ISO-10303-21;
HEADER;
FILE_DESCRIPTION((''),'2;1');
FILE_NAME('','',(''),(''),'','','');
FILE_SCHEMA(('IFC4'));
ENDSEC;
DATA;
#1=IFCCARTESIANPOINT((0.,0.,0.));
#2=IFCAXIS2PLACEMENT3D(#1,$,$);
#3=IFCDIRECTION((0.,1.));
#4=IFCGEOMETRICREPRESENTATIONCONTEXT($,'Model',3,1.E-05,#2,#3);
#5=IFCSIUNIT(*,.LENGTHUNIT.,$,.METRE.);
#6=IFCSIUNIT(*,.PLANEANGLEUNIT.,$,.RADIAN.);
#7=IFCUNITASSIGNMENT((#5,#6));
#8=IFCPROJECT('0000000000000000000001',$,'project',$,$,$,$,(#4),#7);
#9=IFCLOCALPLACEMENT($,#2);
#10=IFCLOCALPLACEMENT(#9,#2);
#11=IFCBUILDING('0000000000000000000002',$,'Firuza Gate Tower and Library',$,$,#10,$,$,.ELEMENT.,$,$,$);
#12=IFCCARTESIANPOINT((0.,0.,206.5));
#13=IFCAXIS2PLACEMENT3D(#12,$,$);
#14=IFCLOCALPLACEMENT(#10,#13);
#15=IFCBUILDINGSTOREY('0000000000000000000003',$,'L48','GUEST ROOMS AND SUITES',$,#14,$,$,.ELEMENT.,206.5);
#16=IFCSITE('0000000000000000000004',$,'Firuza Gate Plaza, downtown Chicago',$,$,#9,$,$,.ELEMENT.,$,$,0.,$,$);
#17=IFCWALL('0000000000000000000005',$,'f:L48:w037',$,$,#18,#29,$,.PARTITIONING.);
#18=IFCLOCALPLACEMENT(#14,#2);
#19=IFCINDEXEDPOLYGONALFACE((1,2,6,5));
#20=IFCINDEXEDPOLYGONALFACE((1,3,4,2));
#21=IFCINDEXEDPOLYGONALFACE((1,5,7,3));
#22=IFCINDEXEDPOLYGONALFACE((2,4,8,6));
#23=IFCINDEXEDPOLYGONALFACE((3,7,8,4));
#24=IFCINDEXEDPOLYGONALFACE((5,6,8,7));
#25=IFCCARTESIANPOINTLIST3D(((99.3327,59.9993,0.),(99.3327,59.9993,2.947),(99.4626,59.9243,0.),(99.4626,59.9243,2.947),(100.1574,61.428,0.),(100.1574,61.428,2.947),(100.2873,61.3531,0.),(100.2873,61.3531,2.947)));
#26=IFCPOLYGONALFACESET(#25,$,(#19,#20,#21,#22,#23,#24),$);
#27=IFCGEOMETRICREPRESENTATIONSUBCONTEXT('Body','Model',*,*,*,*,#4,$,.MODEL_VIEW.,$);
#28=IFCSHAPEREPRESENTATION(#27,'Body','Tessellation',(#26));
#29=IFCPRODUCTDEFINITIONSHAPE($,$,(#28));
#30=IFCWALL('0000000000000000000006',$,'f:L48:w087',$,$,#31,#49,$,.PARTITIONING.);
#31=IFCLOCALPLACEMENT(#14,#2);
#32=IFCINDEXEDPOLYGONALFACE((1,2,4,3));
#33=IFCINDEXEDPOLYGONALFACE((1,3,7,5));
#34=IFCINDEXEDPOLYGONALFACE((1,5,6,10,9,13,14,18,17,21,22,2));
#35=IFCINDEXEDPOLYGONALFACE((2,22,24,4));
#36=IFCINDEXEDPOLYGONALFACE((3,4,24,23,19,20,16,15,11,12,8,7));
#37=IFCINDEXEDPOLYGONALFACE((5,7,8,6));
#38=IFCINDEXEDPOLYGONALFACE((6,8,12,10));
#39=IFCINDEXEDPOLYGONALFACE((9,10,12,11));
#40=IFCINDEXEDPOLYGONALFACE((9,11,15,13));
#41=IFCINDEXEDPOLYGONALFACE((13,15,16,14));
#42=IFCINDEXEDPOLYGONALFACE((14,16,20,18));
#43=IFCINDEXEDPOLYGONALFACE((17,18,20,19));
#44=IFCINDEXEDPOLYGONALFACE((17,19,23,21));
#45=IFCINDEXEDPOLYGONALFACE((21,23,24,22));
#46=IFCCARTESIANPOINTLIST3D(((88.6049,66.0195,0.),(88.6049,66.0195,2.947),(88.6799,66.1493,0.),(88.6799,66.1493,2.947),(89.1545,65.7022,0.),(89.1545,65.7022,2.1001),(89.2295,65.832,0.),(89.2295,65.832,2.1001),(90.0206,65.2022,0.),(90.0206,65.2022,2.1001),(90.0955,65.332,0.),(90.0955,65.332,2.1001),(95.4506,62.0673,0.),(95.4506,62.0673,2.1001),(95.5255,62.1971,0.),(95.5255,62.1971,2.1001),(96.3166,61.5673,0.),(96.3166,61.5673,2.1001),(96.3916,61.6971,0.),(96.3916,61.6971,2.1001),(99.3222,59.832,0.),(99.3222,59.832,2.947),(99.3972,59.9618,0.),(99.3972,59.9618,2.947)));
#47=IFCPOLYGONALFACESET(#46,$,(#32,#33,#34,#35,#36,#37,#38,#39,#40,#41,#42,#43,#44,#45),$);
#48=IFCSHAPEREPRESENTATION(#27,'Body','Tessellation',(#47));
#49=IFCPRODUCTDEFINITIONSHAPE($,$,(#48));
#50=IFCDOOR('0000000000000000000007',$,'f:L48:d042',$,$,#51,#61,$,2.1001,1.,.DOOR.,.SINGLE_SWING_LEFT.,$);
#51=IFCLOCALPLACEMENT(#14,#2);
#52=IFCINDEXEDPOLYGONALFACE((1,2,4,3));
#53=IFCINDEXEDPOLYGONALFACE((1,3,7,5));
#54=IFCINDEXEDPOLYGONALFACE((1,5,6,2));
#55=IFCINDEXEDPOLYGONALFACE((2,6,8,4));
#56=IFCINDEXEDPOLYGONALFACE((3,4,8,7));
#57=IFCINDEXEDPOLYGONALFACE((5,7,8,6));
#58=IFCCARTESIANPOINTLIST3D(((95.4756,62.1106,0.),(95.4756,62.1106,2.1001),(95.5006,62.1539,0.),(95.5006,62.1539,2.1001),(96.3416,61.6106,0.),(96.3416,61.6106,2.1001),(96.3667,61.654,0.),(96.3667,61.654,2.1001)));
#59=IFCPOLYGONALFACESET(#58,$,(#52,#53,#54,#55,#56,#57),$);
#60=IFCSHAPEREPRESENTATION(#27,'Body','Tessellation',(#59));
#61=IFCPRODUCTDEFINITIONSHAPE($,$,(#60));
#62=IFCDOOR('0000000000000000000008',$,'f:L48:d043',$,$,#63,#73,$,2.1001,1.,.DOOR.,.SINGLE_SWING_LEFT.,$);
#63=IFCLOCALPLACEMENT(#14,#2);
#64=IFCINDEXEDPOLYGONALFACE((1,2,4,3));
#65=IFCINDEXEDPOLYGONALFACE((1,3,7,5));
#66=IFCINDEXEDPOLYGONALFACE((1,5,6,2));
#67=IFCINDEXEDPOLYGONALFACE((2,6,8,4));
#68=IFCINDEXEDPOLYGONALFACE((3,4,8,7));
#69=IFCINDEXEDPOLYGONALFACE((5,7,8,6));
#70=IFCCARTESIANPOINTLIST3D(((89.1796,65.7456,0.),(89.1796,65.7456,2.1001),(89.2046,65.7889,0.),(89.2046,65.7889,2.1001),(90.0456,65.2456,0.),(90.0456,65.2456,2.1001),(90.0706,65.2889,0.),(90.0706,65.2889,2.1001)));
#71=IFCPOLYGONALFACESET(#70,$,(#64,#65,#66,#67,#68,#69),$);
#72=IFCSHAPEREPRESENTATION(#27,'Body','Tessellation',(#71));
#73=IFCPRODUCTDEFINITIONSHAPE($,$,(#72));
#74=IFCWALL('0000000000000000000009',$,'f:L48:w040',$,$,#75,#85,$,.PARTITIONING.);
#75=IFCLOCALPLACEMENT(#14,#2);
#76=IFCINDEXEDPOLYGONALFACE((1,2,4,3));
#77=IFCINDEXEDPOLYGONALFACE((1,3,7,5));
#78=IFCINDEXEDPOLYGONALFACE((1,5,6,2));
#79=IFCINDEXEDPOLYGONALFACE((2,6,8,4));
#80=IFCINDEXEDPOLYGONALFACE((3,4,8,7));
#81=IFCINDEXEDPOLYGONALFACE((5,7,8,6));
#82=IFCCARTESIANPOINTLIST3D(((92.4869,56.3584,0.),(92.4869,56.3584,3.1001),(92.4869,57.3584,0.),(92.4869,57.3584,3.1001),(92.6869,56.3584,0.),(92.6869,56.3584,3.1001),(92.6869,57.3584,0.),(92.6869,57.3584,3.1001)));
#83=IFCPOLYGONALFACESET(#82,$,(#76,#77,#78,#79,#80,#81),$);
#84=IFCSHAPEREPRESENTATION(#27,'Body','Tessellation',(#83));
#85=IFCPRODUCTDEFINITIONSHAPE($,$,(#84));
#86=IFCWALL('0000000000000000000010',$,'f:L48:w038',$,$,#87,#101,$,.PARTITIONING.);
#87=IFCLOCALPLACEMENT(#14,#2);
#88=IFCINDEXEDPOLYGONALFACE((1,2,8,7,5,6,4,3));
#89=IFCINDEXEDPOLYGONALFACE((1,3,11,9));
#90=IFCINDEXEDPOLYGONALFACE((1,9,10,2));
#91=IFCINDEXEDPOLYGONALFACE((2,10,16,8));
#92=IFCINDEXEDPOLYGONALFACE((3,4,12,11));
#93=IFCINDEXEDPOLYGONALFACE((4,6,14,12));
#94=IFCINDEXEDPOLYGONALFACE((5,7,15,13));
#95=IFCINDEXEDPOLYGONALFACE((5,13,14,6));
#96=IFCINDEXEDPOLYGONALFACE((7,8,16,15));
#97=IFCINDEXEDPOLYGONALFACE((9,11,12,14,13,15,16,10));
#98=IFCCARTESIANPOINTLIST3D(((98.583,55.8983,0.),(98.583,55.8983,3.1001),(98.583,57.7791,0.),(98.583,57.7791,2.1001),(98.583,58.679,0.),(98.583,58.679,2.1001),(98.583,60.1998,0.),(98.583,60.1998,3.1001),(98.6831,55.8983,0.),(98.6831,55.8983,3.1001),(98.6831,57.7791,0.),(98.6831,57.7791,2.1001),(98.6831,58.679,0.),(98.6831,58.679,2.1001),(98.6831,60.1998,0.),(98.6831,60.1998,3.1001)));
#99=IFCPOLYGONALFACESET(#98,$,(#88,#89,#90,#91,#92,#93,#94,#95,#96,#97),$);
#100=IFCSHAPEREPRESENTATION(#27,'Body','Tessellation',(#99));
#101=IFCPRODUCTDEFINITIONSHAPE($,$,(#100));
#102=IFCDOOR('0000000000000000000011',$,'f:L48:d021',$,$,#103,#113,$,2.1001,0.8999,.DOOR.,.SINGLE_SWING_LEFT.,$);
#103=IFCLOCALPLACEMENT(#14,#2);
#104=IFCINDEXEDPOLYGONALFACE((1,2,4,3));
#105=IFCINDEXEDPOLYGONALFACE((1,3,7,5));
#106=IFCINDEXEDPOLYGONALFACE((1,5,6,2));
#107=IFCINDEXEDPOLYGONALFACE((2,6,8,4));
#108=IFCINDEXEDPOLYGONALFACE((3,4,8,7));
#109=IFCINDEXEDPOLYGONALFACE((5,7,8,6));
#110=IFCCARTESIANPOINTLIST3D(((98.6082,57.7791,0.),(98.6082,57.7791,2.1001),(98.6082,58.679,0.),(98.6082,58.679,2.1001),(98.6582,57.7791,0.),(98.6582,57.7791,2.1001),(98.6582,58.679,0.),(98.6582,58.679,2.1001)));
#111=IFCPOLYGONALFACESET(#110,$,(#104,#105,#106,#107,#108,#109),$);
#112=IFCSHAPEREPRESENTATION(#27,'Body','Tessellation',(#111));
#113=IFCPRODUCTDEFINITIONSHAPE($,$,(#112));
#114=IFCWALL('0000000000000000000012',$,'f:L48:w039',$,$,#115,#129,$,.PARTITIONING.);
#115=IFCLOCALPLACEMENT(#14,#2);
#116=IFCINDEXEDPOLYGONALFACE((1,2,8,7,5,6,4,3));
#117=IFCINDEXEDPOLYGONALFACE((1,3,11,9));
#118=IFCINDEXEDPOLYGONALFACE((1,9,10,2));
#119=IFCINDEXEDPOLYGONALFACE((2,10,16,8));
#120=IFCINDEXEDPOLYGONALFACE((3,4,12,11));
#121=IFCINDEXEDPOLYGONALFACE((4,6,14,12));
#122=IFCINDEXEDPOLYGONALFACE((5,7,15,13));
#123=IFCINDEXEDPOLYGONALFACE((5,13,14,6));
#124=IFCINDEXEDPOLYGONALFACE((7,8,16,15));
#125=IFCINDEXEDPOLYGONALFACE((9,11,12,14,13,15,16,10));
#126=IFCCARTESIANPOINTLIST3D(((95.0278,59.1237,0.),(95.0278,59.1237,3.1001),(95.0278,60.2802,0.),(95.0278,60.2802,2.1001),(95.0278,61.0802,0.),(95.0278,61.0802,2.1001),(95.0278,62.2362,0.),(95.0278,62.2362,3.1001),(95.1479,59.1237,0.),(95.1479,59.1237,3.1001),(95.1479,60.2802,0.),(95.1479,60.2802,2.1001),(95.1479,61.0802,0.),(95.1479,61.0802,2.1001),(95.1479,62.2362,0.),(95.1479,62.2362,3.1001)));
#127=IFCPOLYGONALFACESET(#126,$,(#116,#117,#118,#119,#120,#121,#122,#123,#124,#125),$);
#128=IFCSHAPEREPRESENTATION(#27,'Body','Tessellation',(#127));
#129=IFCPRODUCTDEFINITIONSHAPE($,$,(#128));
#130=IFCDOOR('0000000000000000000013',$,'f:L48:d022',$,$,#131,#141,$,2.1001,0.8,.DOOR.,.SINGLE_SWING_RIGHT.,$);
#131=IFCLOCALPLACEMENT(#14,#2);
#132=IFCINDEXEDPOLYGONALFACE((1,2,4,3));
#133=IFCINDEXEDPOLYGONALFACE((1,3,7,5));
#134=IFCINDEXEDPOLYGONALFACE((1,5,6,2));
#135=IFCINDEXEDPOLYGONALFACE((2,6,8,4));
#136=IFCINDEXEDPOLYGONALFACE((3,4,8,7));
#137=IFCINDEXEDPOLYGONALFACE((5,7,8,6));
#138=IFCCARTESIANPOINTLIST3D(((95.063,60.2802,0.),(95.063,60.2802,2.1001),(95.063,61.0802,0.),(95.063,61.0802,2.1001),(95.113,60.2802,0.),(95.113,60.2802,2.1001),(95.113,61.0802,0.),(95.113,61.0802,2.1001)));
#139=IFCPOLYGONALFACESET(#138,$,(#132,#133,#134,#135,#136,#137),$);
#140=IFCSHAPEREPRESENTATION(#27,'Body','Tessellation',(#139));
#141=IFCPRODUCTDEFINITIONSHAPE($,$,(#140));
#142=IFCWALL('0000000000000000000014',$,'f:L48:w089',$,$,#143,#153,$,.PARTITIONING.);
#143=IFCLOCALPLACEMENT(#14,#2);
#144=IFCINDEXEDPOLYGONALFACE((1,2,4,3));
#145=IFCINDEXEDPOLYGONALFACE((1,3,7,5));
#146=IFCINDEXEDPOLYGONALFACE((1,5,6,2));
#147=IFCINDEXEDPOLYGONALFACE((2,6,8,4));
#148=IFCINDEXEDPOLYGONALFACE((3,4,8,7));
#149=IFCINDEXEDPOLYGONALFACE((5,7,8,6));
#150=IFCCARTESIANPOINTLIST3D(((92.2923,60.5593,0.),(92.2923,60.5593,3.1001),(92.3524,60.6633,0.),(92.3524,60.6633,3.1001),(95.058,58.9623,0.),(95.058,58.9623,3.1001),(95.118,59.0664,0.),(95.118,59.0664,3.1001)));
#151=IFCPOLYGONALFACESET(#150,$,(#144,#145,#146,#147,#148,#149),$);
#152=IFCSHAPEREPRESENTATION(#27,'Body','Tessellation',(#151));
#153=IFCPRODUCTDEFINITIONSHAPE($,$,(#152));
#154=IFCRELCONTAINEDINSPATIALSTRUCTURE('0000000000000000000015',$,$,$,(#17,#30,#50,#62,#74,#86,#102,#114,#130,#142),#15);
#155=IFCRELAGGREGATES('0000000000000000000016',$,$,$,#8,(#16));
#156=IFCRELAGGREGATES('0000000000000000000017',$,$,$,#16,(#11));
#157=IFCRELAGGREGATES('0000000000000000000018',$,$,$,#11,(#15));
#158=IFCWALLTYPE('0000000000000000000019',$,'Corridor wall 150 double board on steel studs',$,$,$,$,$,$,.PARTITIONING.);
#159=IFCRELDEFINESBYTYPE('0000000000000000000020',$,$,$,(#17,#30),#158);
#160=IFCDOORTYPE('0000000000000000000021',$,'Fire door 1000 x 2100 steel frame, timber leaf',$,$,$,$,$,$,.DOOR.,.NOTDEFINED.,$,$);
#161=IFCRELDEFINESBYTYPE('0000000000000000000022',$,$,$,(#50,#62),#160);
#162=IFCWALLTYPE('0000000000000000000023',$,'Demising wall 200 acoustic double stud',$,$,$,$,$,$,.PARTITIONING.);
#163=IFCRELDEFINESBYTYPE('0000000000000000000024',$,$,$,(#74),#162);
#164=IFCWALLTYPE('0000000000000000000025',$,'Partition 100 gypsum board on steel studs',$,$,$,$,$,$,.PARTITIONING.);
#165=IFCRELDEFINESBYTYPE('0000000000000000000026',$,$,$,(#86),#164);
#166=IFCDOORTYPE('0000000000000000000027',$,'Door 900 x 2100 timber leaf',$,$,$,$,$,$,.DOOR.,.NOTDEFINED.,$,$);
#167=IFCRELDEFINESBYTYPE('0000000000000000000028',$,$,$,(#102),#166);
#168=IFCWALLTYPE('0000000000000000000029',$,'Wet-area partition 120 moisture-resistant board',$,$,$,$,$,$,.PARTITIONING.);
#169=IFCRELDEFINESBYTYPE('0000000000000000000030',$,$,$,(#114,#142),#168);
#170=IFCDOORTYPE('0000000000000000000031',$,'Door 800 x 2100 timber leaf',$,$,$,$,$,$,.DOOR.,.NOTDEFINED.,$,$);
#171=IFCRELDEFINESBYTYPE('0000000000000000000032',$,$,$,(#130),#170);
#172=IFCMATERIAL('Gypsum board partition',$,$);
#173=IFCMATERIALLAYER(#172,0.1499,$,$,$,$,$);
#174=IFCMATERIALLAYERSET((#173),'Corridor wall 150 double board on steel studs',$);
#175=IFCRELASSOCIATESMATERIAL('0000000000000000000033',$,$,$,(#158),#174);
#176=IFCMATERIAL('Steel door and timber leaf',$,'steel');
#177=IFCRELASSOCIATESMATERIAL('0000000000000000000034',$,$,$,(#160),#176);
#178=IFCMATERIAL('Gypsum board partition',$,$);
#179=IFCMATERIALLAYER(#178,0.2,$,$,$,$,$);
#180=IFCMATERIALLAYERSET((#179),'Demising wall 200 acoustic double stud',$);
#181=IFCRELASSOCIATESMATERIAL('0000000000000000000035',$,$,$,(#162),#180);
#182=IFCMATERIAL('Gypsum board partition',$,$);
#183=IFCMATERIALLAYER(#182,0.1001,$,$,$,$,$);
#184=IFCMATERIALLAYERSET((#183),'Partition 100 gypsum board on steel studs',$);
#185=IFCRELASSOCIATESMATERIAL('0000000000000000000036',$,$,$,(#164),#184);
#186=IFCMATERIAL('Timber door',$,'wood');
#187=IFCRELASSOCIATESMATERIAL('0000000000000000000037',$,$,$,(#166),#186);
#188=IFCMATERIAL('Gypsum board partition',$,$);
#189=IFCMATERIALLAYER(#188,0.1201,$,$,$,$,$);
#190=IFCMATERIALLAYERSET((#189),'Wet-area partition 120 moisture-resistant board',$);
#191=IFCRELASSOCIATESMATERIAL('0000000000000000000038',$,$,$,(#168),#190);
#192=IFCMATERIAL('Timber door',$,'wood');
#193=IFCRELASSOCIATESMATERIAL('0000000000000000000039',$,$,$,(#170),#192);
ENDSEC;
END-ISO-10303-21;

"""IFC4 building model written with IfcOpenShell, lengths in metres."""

from ifc_helpers import new_model, si_unit, direction, frame, frame_2d, origin, place, context, subcontext, project, spatial, rectangle, extrude, material, layer, layer_set, type_object, element, fill, save


model = new_model("IFC4")

# Units and contexts
model_context = context("Model", 3, precision=1e-05, world=origin(), true_north=direction((0.0, 1.0)))
body_context = subcontext(model_context, "Body", "Model", "MODEL_VIEW")
ifc_project = project(units=[si_unit("LENGTHUNIT", "METRE"), si_unit("PLANEANGLEUNIT", "RADIAN")], contexts=[model_context])

# Site, building, storey
site_placement = place(None, origin())
site = spatial("IfcSite", under=ifc_project, at=site_placement, Name="Firuza Gate Plaza, downtown Chicago", CompositionType="ELEMENT", RefElevation=0.0)
building_placement = place(site_placement, origin())
building = spatial("IfcBuilding", under=site, at=building_placement, Name="Firuza Gate Tower and Library", CompositionType="ELEMENT")
storey_placement = place(building_placement, frame((0.0, 0.0, 206.5)))
storey = spatial("IfcBuildingStorey", under=building, at=storey_placement, Name="L48", Description="GUEST ROOMS AND SUITES", CompositionType="ELEMENT", Elevation=206.5)

# Wall
ifc_material_1 = material(Name="Gypsum board partition")
ifc_layer_1 = layer(ifc_material_1, 0.1499)
ifc_layer_set_1 = layer_set([ifc_layer_1], Name="Corridor wall 150 double board on steel studs")
wall_type_1 = type_object("IfcWallType", Name="Corridor wall 150 double board on steel studs", PredefinedType="PARTITIONING", material=ifc_layer_set_1)
wall_1_placement = place(storey_placement, frame((99.3977, 59.9619, 0.0), z_axis=(0.0, 0.0, 1.0), x_axis=(0.499927, 0.866067, 0.0)))
element("IfcWall", 1, at=wall_1_placement, inside=storey, type_object=wall_type_1, Name="f:L48:w037", PredefinedType="PARTITIONING", context=body_context, shape_type="SweptSolid", body=[
    extrude(rectangle(XDim=1.6497, YDim=0.1499, at=frame_2d((0.8247, 0.0))), origin(), (0.0, 0.0, 1.0), 2.947),
])

# Wall, openings, doors
wall_2_placement = place(storey_placement, frame((99.3596, 59.897, 0.0), z_axis=(0.0, 0.0, 1.0), x_axis=(-0.86603, 0.499992, 0.0)))
wall_2 = element("IfcWall", 2, at=wall_2_placement, inside=storey, type_object=wall_type_1, Name="f:L48:w087", PredefinedType="PARTITIONING", context=body_context, shape_type="SweptSolid", body=[
    extrude(rectangle(XDim=12.3752, YDim=0.1499, at=frame_2d((6.1875, 0.0))), origin(), (0.0, 0.0, 1.0), 2.947),
])
opening_1_placement = place(wall_2_placement, frame((3.4705, 0.0, 0.0)))
opening_1 = element("IfcOpeningElement", 3, at=opening_1_placement, cuts=wall_2, PredefinedType="OPENING", context=body_context, shape_type="SweptSolid", body=[
    extrude(rectangle(XDim=1.0, YDim=2.1001, at=frame_2d((0.5, 1.05))), frame((0.0, 0.085, 0.0), z_axis=(0.0, -1.0, 0.0), x_axis=(1.0, 0.0, 0.0)), (0.0, 0.0, 1.0), 0.1699),
])
opening_2_placement = place(wall_2_placement, frame((10.7405, 0.0, 0.0)))
opening_2 = element("IfcOpeningElement", 4, at=opening_2_placement, cuts=wall_2, PredefinedType="OPENING", context=body_context, shape_type="SweptSolid", body=[
    extrude(rectangle(XDim=1.0, YDim=2.1001, at=frame_2d((0.5, 1.05))), frame((0.0, 0.085, 0.0), z_axis=(0.0, -1.0, 0.0), x_axis=(1.0, 0.0, 0.0)), (0.0, 0.0, 1.0), 0.1699),
])
ifc_material_2 = material(Name="Steel door and timber leaf", Category="steel")
door_type_1 = type_object("IfcDoorType", Name="Fire door 1000 x 2100 steel frame, timber leaf", OperationType="NOTDEFINED", PredefinedType="DOOR", material=ifc_material_2)
door_1_placement = place(opening_1_placement, origin())
door_1 = element("IfcDoor", 5, at=door_1_placement, inside=storey, type_object=door_type_1, Name="f:L48:d042", OperationType="SINGLE_SWING_LEFT", OverallHeight=2.1001, OverallWidth=1.0, PredefinedType="DOOR", context=body_context, shape_type="SweptSolid", body=[
    extrude(rectangle(XDim=1.0, YDim=2.1001, at=frame_2d((0.5, 1.05))), frame((0.0, 0.0249, 0.0), z_axis=(0.0, -1.0, 0.0), x_axis=(1.0, 0.0, 0.0)), (0.0, 0.0, 1.0), 0.05),
])
fill(opening_1, door_1)
door_2_placement = place(opening_2_placement, origin())
door_2 = element("IfcDoor", 6, at=door_2_placement, inside=storey, type_object=door_type_1, Name="f:L48:d043", OperationType="SINGLE_SWING_LEFT", OverallHeight=2.1001, OverallWidth=1.0, PredefinedType="DOOR", context=body_context, shape_type="SweptSolid", body=[
    extrude(rectangle(XDim=1.0, YDim=2.1001, at=frame_2d((0.5, 1.05))), frame((0.0, 0.0249, 0.0), z_axis=(0.0, -1.0, 0.0), x_axis=(1.0, 0.0, 0.0)), (0.0, 0.0, 1.0), 0.05),
])
fill(opening_2, door_2)

# Wall
ifc_material_3 = material(Name="Gypsum board partition")
ifc_layer_2 = layer(ifc_material_3, 0.2)
ifc_layer_set_2 = layer_set([ifc_layer_2], Name="Demising wall 200 acoustic double stud")
wall_type_2 = type_object("IfcWallType", Name="Demising wall 200 acoustic double stud", PredefinedType="PARTITIONING", material=ifc_layer_set_2)
wall_3_placement = place(storey_placement, frame((92.5869, 56.3584, 0.0), z_axis=(0.0, 0.0, 1.0), x_axis=(0.0, 1.0, 0.0)))
element("IfcWall", 7, at=wall_3_placement, inside=storey, type_object=wall_type_2, Name="f:L48:w040", PredefinedType="PARTITIONING", context=body_context, shape_type="SweptSolid", body=[
    extrude(rectangle(XDim=1.0, YDim=0.2, at=frame_2d((0.5, 0.0))), origin(), (0.0, 0.0, 1.0), 3.1001),
])

# Walls, openings, doors
ifc_material_4 = material(Name="Gypsum board partition")
ifc_layer_3 = layer(ifc_material_4, 0.1001)
ifc_layer_set_3 = layer_set([ifc_layer_3], Name="Partition 100 gypsum board on steel studs")
wall_type_3 = type_object("IfcWallType", Name="Partition 100 gypsum board on steel studs", PredefinedType="PARTITIONING", material=ifc_layer_set_3)
wall_4_placement = place(storey_placement, frame((98.6331, 55.8982, 0.0), z_axis=(0.0, 0.0, 1.0), x_axis=(0.0, 1.0, 0.0)))
wall_4 = element("IfcWall", 8, at=wall_4_placement, inside=storey, type_object=wall_type_3, Name="f:L48:w038", PredefinedType="PARTITIONING", context=body_context, shape_type="SweptSolid", body=[
    extrude(rectangle(XDim=4.3015, YDim=0.1001, at=frame_2d((2.1509, 0.0))), origin(), (0.0, 0.0, 1.0), 3.1001),
])
opening_3_placement = place(wall_4_placement, frame((1.8809, 0.0, 0.0)))
opening_3 = element("IfcOpeningElement", 9, at=opening_3_placement, cuts=wall_4, PredefinedType="OPENING", context=body_context, shape_type="SweptSolid", body=[
    extrude(rectangle(XDim=0.8999, YDim=2.1001, at=frame_2d((0.45, 1.05))), frame((0.0, 0.0601, 0.0), z_axis=(0.0, -1.0, 0.0), x_axis=(1.0, 0.0, 0.0)), (0.0, 0.0, 1.0), 0.1201),
])
ifc_material_5 = material(Name="Timber door", Category="wood")
door_type_2 = type_object("IfcDoorType", Name="Door 900 x 2100 timber leaf", OperationType="NOTDEFINED", PredefinedType="DOOR", material=ifc_material_5)
door_3_placement = place(opening_3_placement, origin())
door_3 = element("IfcDoor", 10, at=door_3_placement, inside=storey, type_object=door_type_2, Name="f:L48:d021", OperationType="SINGLE_SWING_LEFT", OverallHeight=2.1001, OverallWidth=0.8999, PredefinedType="DOOR", context=body_context, shape_type="SweptSolid", body=[
    extrude(rectangle(XDim=0.8999, YDim=2.1001, at=frame_2d((0.45, 1.05))), frame((0.0, 0.0249, 0.0), z_axis=(0.0, -1.0, 0.0), x_axis=(1.0, 0.0, 0.0)), (0.0, 0.0, 1.0), 0.05),
])
fill(opening_3, door_3)
ifc_material_6 = material(Name="Gypsum board partition")
ifc_layer_4 = layer(ifc_material_6, 0.1201)
ifc_layer_set_4 = layer_set([ifc_layer_4], Name="Wet-area partition 120 moisture-resistant board")
wall_type_4 = type_object("IfcWallType", Name="Wet-area partition 120 moisture-resistant board", PredefinedType="PARTITIONING", material=ifc_layer_set_4)
wall_5_placement = place(storey_placement, frame((95.0879, 59.1238, 0.0), z_axis=(0.0, 0.0, 1.0), x_axis=(0.0, 1.0, 0.0)))
wall_5 = element("IfcWall", 11, at=wall_5_placement, inside=storey, type_object=wall_type_4, Name="f:L48:w039", PredefinedType="PARTITIONING", context=body_context, shape_type="SweptSolid", body=[
    extrude(rectangle(XDim=3.1125, YDim=0.1201, at=frame_2d((1.5562, 0.0))), origin(), (0.0, 0.0, 1.0), 3.1001),
])
opening_4_placement = place(wall_5_placement, frame((1.1565, 0.0, 0.0)))
opening_4 = element("IfcOpeningElement", 12, at=opening_4_placement, cuts=wall_5, PredefinedType="OPENING", context=body_context, shape_type="SweptSolid", body=[
    extrude(rectangle(XDim=0.8, YDim=2.1001, at=frame_2d((0.3999, 1.05))), frame((0.0, 0.0701, 0.0), z_axis=(0.0, -1.0, 0.0), x_axis=(1.0, 0.0, 0.0)), (0.0, 0.0, 1.0), 0.1401),
])
ifc_material_7 = material(Name="Timber door", Category="wood")
door_type_3 = type_object("IfcDoorType", Name="Door 800 x 2100 timber leaf", OperationType="NOTDEFINED", PredefinedType="DOOR", material=ifc_material_7)
door_4_placement = place(opening_4_placement, origin())
door_4 = element("IfcDoor", 13, at=door_4_placement, inside=storey, type_object=door_type_3, Name="f:L48:d022", OperationType="SINGLE_SWING_RIGHT", OverallHeight=2.1001, OverallWidth=0.8, PredefinedType="DOOR", context=body_context, shape_type="SweptSolid", body=[
    extrude(rectangle(XDim=0.8, YDim=2.1001, at=frame_2d((0.3999, 1.05))), frame((0.0, 0.0249, 0.0), z_axis=(0.0, -1.0, 0.0), x_axis=(1.0, 0.0, 0.0)), (0.0, 0.0, 1.0), 0.05),
])
fill(opening_4, door_4)

# Wall
wall_6_placement = place(storey_placement, frame((95.0879, 59.0144, 0.0), z_axis=(0.0, 0.0, 1.0), x_axis=(-0.866, 0.500045, 0.0)))
element("IfcWall", 14, at=wall_6_placement, inside=storey, type_object=wall_type_4, Name="f:L48:w089", PredefinedType="PARTITIONING", context=body_context, shape_type="SweptSolid", body=[
    extrude(rectangle(XDim=3.1936, YDim=0.1201, at=frame_2d((1.5967, 0.0))), origin(), (0.0, 0.0, 1.0), 3.1001),
])

save(model, "model.ifc")
